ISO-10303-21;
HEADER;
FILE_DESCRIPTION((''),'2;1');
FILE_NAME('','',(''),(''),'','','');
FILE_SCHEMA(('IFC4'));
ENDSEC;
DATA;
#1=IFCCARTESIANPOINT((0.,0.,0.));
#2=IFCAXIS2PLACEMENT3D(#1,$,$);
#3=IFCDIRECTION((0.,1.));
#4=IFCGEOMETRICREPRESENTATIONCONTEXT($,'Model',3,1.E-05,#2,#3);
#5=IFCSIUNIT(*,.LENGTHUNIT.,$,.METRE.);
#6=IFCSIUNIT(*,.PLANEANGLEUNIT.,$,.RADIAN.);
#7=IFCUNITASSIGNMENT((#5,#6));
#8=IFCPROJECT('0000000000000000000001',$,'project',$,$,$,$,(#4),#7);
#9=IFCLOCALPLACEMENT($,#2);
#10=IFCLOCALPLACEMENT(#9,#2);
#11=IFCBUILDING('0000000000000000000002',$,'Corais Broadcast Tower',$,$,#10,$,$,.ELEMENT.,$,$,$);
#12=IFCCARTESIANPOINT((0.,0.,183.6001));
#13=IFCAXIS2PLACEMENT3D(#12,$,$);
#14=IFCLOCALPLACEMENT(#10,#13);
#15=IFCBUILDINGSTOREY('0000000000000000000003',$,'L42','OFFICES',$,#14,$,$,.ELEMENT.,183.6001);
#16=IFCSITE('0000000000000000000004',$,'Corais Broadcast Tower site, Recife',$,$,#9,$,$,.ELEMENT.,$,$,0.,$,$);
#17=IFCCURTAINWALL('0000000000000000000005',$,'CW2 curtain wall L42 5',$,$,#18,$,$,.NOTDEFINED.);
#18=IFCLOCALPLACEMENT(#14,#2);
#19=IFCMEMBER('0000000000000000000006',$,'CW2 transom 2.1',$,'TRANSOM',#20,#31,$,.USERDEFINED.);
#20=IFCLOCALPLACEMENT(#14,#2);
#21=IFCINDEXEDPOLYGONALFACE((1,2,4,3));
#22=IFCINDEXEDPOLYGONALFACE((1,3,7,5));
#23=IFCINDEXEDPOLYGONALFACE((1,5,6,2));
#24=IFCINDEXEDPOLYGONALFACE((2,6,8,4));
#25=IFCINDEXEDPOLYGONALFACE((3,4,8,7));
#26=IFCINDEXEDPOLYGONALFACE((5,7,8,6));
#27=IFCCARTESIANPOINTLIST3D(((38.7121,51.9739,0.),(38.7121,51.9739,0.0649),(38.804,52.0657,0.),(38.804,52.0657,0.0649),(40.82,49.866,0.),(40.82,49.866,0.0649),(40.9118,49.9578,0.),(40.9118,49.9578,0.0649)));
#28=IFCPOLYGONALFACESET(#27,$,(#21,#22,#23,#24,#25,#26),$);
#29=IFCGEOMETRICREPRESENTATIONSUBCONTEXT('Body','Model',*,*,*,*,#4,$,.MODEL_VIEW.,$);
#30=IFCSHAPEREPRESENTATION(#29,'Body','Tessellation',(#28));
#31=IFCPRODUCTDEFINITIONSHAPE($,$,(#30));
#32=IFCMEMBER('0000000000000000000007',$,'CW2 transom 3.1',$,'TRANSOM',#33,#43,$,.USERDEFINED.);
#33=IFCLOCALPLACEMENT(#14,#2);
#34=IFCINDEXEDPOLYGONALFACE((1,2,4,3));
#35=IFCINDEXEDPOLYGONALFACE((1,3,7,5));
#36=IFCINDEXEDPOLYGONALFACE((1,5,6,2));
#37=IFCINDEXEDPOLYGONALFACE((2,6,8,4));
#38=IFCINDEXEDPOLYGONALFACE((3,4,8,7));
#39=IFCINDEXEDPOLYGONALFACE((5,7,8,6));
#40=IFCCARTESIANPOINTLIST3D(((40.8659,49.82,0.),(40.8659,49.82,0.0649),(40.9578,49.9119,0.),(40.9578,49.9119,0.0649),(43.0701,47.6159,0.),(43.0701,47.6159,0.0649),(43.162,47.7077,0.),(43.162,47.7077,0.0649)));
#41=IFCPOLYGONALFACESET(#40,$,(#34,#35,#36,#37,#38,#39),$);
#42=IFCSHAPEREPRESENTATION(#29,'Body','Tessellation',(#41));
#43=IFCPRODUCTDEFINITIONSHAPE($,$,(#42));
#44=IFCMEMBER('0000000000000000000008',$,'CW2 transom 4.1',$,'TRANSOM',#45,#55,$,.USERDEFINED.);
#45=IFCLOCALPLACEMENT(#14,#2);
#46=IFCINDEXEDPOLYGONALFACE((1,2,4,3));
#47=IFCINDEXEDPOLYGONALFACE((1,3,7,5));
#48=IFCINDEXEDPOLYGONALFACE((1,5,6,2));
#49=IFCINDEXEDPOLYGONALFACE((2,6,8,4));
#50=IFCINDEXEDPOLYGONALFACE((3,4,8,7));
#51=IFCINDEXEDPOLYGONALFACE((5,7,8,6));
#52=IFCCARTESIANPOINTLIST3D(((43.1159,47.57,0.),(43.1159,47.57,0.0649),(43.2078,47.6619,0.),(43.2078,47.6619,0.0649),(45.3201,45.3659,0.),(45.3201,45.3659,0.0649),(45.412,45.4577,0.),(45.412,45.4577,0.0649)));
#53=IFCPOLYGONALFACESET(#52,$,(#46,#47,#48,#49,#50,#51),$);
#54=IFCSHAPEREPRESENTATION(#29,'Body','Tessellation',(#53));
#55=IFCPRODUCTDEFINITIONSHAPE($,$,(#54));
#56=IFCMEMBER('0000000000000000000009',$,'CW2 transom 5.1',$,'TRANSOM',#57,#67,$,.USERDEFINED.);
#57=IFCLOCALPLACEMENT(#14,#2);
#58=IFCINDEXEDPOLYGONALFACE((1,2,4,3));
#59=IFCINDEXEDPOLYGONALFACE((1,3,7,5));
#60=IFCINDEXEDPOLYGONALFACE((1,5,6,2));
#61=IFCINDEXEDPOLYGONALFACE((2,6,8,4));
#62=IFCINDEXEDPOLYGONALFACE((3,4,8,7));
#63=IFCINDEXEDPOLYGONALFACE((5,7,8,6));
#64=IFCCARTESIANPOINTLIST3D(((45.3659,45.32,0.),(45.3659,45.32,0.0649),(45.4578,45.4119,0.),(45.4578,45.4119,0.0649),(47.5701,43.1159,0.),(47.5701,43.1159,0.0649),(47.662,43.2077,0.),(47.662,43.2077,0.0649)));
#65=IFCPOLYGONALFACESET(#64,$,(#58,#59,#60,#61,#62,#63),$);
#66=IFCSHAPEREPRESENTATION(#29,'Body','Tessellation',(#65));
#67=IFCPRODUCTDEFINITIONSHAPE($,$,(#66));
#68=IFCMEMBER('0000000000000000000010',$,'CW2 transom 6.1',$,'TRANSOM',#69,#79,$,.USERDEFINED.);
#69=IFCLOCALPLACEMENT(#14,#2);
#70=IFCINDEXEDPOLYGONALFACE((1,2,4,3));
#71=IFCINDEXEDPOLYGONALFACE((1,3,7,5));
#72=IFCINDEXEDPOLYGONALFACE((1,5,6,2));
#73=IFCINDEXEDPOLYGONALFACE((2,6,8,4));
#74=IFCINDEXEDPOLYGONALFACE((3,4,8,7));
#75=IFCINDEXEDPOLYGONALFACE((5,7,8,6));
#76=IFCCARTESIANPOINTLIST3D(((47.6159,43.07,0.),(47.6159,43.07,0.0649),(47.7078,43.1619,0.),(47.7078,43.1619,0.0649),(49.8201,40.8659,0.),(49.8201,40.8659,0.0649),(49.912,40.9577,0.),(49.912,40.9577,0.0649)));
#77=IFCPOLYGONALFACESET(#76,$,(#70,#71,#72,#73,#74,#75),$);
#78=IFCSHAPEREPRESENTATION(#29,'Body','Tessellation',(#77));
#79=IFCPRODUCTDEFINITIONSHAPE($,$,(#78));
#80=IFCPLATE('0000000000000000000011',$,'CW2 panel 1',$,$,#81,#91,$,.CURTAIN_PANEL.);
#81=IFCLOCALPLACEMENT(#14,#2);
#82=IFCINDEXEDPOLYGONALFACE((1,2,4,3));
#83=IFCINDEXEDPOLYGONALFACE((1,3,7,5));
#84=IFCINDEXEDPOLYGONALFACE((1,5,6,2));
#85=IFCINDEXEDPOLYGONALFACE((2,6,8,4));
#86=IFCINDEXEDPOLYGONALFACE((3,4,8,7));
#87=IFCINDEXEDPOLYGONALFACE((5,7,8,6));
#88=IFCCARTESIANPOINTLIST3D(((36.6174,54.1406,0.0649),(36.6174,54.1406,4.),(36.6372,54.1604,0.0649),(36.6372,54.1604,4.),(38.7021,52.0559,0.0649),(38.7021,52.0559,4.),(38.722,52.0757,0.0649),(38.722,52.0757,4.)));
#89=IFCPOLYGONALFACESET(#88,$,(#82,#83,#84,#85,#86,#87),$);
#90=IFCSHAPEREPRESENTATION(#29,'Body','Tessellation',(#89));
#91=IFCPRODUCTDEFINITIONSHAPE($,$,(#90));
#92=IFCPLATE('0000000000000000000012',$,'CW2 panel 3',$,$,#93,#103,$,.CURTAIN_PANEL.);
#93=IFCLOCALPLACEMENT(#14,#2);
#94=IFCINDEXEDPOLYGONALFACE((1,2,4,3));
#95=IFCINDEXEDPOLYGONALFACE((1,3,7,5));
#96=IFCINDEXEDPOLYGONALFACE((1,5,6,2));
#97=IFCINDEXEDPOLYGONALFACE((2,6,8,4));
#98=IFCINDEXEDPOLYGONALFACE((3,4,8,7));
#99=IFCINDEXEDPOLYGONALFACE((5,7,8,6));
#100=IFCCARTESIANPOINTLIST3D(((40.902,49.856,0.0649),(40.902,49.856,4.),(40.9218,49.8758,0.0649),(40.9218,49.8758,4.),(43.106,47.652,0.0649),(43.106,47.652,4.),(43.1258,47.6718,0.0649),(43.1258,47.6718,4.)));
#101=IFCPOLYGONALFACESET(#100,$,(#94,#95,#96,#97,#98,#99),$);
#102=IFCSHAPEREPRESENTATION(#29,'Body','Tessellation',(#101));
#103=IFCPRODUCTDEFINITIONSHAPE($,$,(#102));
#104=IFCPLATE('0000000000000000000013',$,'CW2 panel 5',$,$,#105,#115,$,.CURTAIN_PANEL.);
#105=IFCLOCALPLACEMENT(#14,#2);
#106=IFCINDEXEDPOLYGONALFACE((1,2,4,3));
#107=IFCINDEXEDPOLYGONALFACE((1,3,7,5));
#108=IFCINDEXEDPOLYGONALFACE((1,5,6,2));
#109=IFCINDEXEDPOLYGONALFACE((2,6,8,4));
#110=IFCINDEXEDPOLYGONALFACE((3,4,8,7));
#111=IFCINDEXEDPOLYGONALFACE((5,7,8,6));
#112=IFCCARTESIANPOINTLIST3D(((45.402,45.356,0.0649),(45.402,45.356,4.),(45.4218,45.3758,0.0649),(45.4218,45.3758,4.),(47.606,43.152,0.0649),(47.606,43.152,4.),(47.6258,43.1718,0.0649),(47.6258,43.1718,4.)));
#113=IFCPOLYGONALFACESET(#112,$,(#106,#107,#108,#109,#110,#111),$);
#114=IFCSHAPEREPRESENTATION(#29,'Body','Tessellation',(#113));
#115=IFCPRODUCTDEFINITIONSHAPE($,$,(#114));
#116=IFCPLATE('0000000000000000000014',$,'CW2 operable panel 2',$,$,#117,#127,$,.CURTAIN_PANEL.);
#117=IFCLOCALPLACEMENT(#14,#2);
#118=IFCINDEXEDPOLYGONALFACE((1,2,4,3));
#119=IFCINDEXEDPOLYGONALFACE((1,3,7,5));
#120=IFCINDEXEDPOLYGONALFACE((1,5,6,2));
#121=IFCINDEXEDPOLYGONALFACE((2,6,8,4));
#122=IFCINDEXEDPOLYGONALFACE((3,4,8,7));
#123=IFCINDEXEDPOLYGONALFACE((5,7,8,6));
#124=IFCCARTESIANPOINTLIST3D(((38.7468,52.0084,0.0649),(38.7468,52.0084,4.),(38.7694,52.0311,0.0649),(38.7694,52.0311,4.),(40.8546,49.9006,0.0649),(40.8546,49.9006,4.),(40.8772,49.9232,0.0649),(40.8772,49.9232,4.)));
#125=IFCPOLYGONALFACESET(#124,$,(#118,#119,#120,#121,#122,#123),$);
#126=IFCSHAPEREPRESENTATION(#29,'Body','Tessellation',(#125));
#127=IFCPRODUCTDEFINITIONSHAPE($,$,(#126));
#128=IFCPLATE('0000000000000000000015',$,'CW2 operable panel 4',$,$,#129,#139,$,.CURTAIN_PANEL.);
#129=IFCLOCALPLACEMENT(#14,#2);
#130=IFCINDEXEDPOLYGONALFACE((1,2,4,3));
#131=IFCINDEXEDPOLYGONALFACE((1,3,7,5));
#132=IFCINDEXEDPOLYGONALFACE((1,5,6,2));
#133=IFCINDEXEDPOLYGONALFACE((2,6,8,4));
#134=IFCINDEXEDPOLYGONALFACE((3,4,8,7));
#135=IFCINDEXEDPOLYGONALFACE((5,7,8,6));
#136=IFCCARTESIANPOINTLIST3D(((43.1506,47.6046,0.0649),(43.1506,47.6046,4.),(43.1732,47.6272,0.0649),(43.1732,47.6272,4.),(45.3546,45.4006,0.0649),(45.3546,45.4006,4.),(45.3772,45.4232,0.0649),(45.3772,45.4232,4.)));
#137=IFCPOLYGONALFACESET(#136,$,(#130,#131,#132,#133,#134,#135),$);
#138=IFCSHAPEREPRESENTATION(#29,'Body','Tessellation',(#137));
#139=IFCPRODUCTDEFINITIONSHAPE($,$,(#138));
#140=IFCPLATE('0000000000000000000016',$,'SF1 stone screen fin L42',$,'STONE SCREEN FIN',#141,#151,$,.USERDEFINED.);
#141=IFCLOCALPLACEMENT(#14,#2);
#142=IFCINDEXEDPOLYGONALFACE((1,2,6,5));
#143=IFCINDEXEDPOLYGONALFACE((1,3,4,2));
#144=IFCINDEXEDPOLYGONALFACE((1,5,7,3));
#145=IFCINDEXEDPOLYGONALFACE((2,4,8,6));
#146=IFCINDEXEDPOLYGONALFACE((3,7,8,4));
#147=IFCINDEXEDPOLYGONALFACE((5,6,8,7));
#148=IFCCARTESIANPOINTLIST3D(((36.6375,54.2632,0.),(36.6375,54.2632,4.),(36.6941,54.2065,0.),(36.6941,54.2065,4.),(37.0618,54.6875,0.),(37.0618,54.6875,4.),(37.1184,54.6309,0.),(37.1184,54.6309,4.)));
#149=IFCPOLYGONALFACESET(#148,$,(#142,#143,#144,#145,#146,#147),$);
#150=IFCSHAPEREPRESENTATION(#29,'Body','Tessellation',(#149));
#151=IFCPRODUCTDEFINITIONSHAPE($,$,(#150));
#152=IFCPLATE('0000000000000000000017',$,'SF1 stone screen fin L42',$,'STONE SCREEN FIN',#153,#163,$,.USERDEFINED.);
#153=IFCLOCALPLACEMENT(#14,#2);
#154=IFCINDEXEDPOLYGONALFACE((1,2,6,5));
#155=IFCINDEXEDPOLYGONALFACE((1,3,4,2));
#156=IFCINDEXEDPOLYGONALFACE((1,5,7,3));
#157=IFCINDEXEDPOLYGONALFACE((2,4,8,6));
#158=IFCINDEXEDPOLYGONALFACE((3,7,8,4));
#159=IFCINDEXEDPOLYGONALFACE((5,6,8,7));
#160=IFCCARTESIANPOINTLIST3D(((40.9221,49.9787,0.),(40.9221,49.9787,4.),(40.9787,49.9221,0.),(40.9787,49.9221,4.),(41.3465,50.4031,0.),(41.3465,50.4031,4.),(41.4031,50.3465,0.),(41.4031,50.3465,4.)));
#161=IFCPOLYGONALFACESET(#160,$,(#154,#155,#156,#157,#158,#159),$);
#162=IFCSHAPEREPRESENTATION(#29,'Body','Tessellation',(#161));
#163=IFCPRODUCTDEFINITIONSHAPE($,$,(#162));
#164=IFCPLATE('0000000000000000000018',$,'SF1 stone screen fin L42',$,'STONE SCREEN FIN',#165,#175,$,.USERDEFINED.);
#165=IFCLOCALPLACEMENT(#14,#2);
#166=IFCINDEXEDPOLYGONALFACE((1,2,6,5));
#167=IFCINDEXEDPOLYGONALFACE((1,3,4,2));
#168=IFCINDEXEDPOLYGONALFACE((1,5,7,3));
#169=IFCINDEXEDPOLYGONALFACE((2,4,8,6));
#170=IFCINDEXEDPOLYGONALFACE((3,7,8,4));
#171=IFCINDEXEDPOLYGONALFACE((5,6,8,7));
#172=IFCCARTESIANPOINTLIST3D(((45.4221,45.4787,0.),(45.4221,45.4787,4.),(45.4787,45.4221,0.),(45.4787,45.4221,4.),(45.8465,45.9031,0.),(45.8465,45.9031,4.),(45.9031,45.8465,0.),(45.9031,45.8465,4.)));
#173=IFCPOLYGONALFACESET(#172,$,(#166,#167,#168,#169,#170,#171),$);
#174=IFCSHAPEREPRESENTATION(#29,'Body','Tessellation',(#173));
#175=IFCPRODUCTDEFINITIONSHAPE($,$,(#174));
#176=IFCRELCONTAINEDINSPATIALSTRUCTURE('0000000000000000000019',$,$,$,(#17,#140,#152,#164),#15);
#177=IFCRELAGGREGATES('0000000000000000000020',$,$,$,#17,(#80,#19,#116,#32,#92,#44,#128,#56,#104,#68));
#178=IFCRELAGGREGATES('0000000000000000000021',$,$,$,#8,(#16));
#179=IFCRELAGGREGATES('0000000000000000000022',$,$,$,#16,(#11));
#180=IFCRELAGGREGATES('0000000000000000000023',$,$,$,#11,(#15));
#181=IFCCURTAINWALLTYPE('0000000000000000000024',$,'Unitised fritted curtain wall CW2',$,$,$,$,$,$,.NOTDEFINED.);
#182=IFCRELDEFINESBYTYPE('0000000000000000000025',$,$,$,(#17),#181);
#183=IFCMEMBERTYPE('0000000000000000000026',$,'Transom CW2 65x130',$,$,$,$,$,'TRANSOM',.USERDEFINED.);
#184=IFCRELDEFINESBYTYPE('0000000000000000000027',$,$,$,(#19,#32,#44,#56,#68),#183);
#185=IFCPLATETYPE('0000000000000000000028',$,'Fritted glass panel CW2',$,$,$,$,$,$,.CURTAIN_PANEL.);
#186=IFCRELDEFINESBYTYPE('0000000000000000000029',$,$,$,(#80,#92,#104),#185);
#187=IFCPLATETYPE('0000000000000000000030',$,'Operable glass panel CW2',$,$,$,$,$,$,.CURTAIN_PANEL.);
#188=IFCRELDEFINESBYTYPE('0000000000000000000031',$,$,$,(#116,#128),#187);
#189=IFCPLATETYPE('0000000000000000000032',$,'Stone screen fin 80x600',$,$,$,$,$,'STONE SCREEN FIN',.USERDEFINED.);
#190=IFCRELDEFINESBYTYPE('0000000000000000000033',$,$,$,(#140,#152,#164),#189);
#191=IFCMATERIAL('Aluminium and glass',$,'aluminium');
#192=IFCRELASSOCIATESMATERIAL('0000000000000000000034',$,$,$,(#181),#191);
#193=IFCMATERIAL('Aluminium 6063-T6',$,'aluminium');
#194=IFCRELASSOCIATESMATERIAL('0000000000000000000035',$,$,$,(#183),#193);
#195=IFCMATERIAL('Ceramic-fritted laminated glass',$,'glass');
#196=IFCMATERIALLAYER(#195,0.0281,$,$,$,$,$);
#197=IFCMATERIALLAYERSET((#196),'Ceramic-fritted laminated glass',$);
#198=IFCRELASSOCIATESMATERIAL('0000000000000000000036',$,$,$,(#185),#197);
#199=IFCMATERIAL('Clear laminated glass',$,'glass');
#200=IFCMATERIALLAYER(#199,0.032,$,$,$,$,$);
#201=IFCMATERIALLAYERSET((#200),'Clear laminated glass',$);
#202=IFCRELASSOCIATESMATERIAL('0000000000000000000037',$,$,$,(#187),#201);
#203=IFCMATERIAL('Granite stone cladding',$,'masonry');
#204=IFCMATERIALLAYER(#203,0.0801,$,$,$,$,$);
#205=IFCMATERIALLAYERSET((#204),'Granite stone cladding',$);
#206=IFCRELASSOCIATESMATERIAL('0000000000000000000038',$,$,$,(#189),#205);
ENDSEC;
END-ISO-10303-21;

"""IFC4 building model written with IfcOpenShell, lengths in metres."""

from ifc_helpers import new_model, si_unit, direction, frame, origin, origin_2d, place, context, subcontext, project, spatial, rectangle, extrude, material, layer, layer_set, material_profile, profile_set, type_object, element, aggregate, save


model = new_model("IFC4")

# Units and contexts
model_context = context("Model", 3, precision=1e-05, world=origin(), true_north=direction((0.0, 1.0)))
body_context = subcontext(model_context, "Body", "Model", "MODEL_VIEW")
ifc_project = project(units=[si_unit("LENGTHUNIT", "METRE"), si_unit("PLANEANGLEUNIT", "RADIAN")], contexts=[model_context])

# Site, building, storey
site_placement = place(None, origin())
site = spatial("IfcSite", under=ifc_project, at=site_placement, Name="Corais Broadcast Tower site, Recife", CompositionType="ELEMENT", RefElevation=0.0)
building_placement = place(site_placement, origin())
building = spatial("IfcBuilding", under=site, at=building_placement, Name="Corais Broadcast Tower", CompositionType="ELEMENT")
storey_placement = place(building_placement, frame((0.0, 0.0, 183.6001)))
storey = spatial("IfcBuildingStorey", under=building, at=storey_placement, Name="L42", Description="OFFICES", CompositionType="ELEMENT", Elevation=183.6001)

# Curtain wall
ifc_material_1 = material(Name="Aluminium and glass", Category="aluminium")
curtain_wall_type = type_object("IfcCurtainWallType", Name="Unitised fritted curtain wall CW2", PredefinedType="NOTDEFINED", material=ifc_material_1)
curtain_wall_placement = place(storey_placement, origin())
curtain_wall = element("IfcCurtainWall", 1, at=curtain_wall_placement, inside=storey, type_object=curtain_wall_type, Name="CW2 curtain wall L42 5", PredefinedType="NOTDEFINED")

# Members
ifc_material_2 = material(Name="Aluminium 6063-T6", Category="aluminium")
ifc_material_profile_1 = material_profile(ifc_material_2, rectangle(XDim=0.1299, YDim=0.0649, at=origin_2d()), Name="Transom CW2 65x130")
ifc_profile_set_1 = profile_set([ifc_material_profile_1], Name="Aluminium 6063-T6")
member_type_1 = type_object("IfcMemberType", Name="Transom CW2 65x130", ElementType="TRANSOM", PredefinedType="USERDEFINED", material=ifc_profile_set_1)
member_1_placement = place(storey_placement, frame((38.7581, 52.0198, 0.0325), z_axis=(0.707107, -0.707107, 0.0), x_axis=(0.707107, 0.707107, 0.0)))
member_1 = element("IfcMember", 2, at=member_1_placement, type_object=member_type_1, Name="CW2 transom 2.1", ObjectType="TRANSOM", PredefinedType="USERDEFINED", context=body_context, shape_type="SweptSolid", body=[
    extrude(rectangle(XDim=0.1299, YDim=0.0649, at=origin_2d()), origin(), (0.0, 0.0, 1.0), 2.981),
])
member_2_placement = place(storey_placement, frame((40.9119, 49.866, 0.0325), z_axis=(0.707107, -0.707107, 0.0), x_axis=(0.707107, 0.707107, 0.0)))
member_2 = element("IfcMember", 3, at=member_2_placement, type_object=member_type_1, Name="CW2 transom 3.1", ObjectType="TRANSOM", PredefinedType="USERDEFINED", context=body_context, shape_type="SweptSolid", body=[
    extrude(rectangle(XDim=0.1299, YDim=0.0649, at=origin_2d()), origin(), (0.0, 0.0, 1.0), 3.1172),
])
member_3_placement = place(storey_placement, frame((43.1619, 47.616, 0.0325), z_axis=(0.707107, -0.707107, 0.0), x_axis=(0.707107, 0.707107, 0.0)))
member_3 = element("IfcMember", 4, at=member_3_placement, type_object=member_type_1, Name="CW2 transom 4.1", ObjectType="TRANSOM", PredefinedType="USERDEFINED", context=body_context, shape_type="SweptSolid", body=[
    extrude(rectangle(XDim=0.1299, YDim=0.0649, at=origin_2d()), origin(), (0.0, 0.0, 1.0), 3.1172),
])
member_4_placement = place(storey_placement, frame((45.4119, 45.366, 0.0325), z_axis=(0.707107, -0.707107, 0.0), x_axis=(0.707107, 0.707107, 0.0)))
member_4 = element("IfcMember", 5, at=member_4_placement, type_object=member_type_1, Name="CW2 transom 5.1", ObjectType="TRANSOM", PredefinedType="USERDEFINED", context=body_context, shape_type="SweptSolid", body=[
    extrude(rectangle(XDim=0.1299, YDim=0.0649, at=origin_2d()), origin(), (0.0, 0.0, 1.0), 3.1172),
])
member_5_placement = place(storey_placement, frame((47.6619, 43.116, 0.0325), z_axis=(0.707107, -0.707107, 0.0), x_axis=(0.707107, 0.707107, 0.0)))
member_5 = element("IfcMember", 6, at=member_5_placement, type_object=member_type_1, Name="CW2 transom 6.1", ObjectType="TRANSOM", PredefinedType="USERDEFINED", context=body_context, shape_type="SweptSolid", body=[
    extrude(rectangle(XDim=0.1299, YDim=0.0649, at=origin_2d()), origin(), (0.0, 0.0, 1.0), 3.1172),
])

# Plates
ifc_material_3 = material(Name="Ceramic-fritted laminated glass", Category="glass")
ifc_layer_1 = layer(ifc_material_3, 0.0281)
ifc_layer_set_1 = layer_set([ifc_layer_1], Name="Ceramic-fritted laminated glass")
plate_type_1 = type_object("IfcPlateType", Name="Fritted glass panel CW2", PredefinedType="CURTAIN_PANEL", material=ifc_layer_set_1)
plate_1_placement = place(storey_placement, frame((37.6697, 53.1082, 0.0649), z_axis=(0.0, 0.0, 1.0), x_axis=(0.707107, -0.707107, 0.0)))
plate_1 = element("IfcPlate", 7, at=plate_1_placement, type_object=plate_type_1, Name="CW2 panel 1", PredefinedType="CURTAIN_PANEL", context=body_context, shape_type="SweptSolid", body=[
    extrude(rectangle(XDim=2.9482, YDim=0.0281, at=origin_2d()), origin(), (0.0, 0.0, 1.0), 3.9351),
])
plate_2_placement = place(storey_placement, frame((42.0139, 48.7639, 0.0649), z_axis=(0.0, 0.0, 1.0), x_axis=(0.707107, -0.707107, 0.0)))
plate_2 = element("IfcPlate", 8, at=plate_2_placement, type_object=plate_type_1, Name="CW2 panel 3", PredefinedType="CURTAIN_PANEL", context=body_context, shape_type="SweptSolid", body=[
    extrude(rectangle(XDim=3.1169, YDim=0.0281, at=origin_2d()), origin(), (0.0, 0.0, 1.0), 3.9351),
])
plate_3_placement = place(storey_placement, frame((46.5139, 44.2639, 0.0649), z_axis=(0.0, 0.0, 1.0), x_axis=(0.707107, -0.707107, 0.0)))
plate_3 = element("IfcPlate", 9, at=plate_3_placement, type_object=plate_type_1, Name="CW2 panel 5", PredefinedType="CURTAIN_PANEL", context=body_context, shape_type="SweptSolid", body=[
    extrude(rectangle(XDim=3.1169, YDim=0.0281, at=origin_2d()), origin(), (0.0, 0.0, 1.0), 3.9351),
])
ifc_material_4 = material(Name="Clear laminated glass", Category="glass")
ifc_layer_2 = layer(ifc_material_4, 0.032)
ifc_layer_set_2 = layer_set([ifc_layer_2], Name="Clear laminated glass")
plate_type_2 = type_object("IfcPlateType", Name="Operable glass panel CW2", PredefinedType="CURTAIN_PANEL", material=ifc_layer_set_2)
plate_4_placement = place(storey_placement, frame((39.812, 50.9658, 0.0649), z_axis=(0.0, 0.0, 1.0), x_axis=(0.707107, -0.707107, 0.0)))
plate_4 = element("IfcPlate", 10, at=plate_4_placement, type_object=plate_type_2, Name="CW2 operable panel 2", PredefinedType="CURTAIN_PANEL", context=body_context, shape_type="SweptSolid", body=[
    extrude(rectangle(XDim=2.981, YDim=0.032, at=origin_2d()), origin(), (0.0, 0.0, 1.0), 3.9351),
])
plate_5_placement = place(storey_placement, frame((44.2639, 46.5139, 0.0649), z_axis=(0.0, 0.0, 1.0), x_axis=(0.707107, -0.707107, 0.0)))
plate_5 = element("IfcPlate", 11, at=plate_5_placement, type_object=plate_type_2, Name="CW2 operable panel 4", PredefinedType="CURTAIN_PANEL", context=body_context, shape_type="SweptSolid", body=[
    extrude(rectangle(XDim=3.1169, YDim=0.032, at=origin_2d()), origin(), (0.0, 0.0, 1.0), 3.9351),
])
aggregate(curtain_wall, [plate_1, member_1, plate_4, member_2, plate_2, member_3, plate_5, member_4, plate_3, member_5])

# Plates
ifc_material_5 = material(Name="Granite stone cladding", Category="masonry")
ifc_layer_3 = layer(ifc_material_5, 0.0801)
ifc_layer_set_3 = layer_set([ifc_layer_3], Name="Granite stone cladding")
plate_type_3 = type_object("IfcPlateType", Name="Stone screen fin 80x600", ElementType="STONE SCREEN FIN", PredefinedType="USERDEFINED", material=ifc_layer_set_3)
for number, where, z_axis, x_axis, name in (
    (12, (36.8779, 54.447, 0.0), (0.0, 0.0, 1.0), (0.707107, -0.707107, 0.0), "SF1 stone screen fin L42"),
    (13, (41.1626, 50.1626, 0.0), (0.0, 0.0, 1.0), (0.707107, -0.707107, 0.0), "SF1 stone screen fin L42"),
    (14, (45.6626, 45.6626, 0.0), (0.0, 0.0, 1.0), (0.707107, -0.707107, 0.0), "SF1 stone screen fin L42"),
):
    element("IfcPlate", number, at=place(storey_placement, frame(where, z_axis=z_axis, x_axis=x_axis)), inside=storey, type_object=plate_type_3, Name=name, ObjectType="STONE SCREEN FIN", PredefinedType="USERDEFINED", context=body_context, shape_type="SweptSolid", body=[
        extrude(rectangle(XDim=0.0801, YDim=0.6001, at=origin_2d()), origin(), (0.0, 0.0, 1.0), 4.0),
    ])

save(model, "model.ifc")
